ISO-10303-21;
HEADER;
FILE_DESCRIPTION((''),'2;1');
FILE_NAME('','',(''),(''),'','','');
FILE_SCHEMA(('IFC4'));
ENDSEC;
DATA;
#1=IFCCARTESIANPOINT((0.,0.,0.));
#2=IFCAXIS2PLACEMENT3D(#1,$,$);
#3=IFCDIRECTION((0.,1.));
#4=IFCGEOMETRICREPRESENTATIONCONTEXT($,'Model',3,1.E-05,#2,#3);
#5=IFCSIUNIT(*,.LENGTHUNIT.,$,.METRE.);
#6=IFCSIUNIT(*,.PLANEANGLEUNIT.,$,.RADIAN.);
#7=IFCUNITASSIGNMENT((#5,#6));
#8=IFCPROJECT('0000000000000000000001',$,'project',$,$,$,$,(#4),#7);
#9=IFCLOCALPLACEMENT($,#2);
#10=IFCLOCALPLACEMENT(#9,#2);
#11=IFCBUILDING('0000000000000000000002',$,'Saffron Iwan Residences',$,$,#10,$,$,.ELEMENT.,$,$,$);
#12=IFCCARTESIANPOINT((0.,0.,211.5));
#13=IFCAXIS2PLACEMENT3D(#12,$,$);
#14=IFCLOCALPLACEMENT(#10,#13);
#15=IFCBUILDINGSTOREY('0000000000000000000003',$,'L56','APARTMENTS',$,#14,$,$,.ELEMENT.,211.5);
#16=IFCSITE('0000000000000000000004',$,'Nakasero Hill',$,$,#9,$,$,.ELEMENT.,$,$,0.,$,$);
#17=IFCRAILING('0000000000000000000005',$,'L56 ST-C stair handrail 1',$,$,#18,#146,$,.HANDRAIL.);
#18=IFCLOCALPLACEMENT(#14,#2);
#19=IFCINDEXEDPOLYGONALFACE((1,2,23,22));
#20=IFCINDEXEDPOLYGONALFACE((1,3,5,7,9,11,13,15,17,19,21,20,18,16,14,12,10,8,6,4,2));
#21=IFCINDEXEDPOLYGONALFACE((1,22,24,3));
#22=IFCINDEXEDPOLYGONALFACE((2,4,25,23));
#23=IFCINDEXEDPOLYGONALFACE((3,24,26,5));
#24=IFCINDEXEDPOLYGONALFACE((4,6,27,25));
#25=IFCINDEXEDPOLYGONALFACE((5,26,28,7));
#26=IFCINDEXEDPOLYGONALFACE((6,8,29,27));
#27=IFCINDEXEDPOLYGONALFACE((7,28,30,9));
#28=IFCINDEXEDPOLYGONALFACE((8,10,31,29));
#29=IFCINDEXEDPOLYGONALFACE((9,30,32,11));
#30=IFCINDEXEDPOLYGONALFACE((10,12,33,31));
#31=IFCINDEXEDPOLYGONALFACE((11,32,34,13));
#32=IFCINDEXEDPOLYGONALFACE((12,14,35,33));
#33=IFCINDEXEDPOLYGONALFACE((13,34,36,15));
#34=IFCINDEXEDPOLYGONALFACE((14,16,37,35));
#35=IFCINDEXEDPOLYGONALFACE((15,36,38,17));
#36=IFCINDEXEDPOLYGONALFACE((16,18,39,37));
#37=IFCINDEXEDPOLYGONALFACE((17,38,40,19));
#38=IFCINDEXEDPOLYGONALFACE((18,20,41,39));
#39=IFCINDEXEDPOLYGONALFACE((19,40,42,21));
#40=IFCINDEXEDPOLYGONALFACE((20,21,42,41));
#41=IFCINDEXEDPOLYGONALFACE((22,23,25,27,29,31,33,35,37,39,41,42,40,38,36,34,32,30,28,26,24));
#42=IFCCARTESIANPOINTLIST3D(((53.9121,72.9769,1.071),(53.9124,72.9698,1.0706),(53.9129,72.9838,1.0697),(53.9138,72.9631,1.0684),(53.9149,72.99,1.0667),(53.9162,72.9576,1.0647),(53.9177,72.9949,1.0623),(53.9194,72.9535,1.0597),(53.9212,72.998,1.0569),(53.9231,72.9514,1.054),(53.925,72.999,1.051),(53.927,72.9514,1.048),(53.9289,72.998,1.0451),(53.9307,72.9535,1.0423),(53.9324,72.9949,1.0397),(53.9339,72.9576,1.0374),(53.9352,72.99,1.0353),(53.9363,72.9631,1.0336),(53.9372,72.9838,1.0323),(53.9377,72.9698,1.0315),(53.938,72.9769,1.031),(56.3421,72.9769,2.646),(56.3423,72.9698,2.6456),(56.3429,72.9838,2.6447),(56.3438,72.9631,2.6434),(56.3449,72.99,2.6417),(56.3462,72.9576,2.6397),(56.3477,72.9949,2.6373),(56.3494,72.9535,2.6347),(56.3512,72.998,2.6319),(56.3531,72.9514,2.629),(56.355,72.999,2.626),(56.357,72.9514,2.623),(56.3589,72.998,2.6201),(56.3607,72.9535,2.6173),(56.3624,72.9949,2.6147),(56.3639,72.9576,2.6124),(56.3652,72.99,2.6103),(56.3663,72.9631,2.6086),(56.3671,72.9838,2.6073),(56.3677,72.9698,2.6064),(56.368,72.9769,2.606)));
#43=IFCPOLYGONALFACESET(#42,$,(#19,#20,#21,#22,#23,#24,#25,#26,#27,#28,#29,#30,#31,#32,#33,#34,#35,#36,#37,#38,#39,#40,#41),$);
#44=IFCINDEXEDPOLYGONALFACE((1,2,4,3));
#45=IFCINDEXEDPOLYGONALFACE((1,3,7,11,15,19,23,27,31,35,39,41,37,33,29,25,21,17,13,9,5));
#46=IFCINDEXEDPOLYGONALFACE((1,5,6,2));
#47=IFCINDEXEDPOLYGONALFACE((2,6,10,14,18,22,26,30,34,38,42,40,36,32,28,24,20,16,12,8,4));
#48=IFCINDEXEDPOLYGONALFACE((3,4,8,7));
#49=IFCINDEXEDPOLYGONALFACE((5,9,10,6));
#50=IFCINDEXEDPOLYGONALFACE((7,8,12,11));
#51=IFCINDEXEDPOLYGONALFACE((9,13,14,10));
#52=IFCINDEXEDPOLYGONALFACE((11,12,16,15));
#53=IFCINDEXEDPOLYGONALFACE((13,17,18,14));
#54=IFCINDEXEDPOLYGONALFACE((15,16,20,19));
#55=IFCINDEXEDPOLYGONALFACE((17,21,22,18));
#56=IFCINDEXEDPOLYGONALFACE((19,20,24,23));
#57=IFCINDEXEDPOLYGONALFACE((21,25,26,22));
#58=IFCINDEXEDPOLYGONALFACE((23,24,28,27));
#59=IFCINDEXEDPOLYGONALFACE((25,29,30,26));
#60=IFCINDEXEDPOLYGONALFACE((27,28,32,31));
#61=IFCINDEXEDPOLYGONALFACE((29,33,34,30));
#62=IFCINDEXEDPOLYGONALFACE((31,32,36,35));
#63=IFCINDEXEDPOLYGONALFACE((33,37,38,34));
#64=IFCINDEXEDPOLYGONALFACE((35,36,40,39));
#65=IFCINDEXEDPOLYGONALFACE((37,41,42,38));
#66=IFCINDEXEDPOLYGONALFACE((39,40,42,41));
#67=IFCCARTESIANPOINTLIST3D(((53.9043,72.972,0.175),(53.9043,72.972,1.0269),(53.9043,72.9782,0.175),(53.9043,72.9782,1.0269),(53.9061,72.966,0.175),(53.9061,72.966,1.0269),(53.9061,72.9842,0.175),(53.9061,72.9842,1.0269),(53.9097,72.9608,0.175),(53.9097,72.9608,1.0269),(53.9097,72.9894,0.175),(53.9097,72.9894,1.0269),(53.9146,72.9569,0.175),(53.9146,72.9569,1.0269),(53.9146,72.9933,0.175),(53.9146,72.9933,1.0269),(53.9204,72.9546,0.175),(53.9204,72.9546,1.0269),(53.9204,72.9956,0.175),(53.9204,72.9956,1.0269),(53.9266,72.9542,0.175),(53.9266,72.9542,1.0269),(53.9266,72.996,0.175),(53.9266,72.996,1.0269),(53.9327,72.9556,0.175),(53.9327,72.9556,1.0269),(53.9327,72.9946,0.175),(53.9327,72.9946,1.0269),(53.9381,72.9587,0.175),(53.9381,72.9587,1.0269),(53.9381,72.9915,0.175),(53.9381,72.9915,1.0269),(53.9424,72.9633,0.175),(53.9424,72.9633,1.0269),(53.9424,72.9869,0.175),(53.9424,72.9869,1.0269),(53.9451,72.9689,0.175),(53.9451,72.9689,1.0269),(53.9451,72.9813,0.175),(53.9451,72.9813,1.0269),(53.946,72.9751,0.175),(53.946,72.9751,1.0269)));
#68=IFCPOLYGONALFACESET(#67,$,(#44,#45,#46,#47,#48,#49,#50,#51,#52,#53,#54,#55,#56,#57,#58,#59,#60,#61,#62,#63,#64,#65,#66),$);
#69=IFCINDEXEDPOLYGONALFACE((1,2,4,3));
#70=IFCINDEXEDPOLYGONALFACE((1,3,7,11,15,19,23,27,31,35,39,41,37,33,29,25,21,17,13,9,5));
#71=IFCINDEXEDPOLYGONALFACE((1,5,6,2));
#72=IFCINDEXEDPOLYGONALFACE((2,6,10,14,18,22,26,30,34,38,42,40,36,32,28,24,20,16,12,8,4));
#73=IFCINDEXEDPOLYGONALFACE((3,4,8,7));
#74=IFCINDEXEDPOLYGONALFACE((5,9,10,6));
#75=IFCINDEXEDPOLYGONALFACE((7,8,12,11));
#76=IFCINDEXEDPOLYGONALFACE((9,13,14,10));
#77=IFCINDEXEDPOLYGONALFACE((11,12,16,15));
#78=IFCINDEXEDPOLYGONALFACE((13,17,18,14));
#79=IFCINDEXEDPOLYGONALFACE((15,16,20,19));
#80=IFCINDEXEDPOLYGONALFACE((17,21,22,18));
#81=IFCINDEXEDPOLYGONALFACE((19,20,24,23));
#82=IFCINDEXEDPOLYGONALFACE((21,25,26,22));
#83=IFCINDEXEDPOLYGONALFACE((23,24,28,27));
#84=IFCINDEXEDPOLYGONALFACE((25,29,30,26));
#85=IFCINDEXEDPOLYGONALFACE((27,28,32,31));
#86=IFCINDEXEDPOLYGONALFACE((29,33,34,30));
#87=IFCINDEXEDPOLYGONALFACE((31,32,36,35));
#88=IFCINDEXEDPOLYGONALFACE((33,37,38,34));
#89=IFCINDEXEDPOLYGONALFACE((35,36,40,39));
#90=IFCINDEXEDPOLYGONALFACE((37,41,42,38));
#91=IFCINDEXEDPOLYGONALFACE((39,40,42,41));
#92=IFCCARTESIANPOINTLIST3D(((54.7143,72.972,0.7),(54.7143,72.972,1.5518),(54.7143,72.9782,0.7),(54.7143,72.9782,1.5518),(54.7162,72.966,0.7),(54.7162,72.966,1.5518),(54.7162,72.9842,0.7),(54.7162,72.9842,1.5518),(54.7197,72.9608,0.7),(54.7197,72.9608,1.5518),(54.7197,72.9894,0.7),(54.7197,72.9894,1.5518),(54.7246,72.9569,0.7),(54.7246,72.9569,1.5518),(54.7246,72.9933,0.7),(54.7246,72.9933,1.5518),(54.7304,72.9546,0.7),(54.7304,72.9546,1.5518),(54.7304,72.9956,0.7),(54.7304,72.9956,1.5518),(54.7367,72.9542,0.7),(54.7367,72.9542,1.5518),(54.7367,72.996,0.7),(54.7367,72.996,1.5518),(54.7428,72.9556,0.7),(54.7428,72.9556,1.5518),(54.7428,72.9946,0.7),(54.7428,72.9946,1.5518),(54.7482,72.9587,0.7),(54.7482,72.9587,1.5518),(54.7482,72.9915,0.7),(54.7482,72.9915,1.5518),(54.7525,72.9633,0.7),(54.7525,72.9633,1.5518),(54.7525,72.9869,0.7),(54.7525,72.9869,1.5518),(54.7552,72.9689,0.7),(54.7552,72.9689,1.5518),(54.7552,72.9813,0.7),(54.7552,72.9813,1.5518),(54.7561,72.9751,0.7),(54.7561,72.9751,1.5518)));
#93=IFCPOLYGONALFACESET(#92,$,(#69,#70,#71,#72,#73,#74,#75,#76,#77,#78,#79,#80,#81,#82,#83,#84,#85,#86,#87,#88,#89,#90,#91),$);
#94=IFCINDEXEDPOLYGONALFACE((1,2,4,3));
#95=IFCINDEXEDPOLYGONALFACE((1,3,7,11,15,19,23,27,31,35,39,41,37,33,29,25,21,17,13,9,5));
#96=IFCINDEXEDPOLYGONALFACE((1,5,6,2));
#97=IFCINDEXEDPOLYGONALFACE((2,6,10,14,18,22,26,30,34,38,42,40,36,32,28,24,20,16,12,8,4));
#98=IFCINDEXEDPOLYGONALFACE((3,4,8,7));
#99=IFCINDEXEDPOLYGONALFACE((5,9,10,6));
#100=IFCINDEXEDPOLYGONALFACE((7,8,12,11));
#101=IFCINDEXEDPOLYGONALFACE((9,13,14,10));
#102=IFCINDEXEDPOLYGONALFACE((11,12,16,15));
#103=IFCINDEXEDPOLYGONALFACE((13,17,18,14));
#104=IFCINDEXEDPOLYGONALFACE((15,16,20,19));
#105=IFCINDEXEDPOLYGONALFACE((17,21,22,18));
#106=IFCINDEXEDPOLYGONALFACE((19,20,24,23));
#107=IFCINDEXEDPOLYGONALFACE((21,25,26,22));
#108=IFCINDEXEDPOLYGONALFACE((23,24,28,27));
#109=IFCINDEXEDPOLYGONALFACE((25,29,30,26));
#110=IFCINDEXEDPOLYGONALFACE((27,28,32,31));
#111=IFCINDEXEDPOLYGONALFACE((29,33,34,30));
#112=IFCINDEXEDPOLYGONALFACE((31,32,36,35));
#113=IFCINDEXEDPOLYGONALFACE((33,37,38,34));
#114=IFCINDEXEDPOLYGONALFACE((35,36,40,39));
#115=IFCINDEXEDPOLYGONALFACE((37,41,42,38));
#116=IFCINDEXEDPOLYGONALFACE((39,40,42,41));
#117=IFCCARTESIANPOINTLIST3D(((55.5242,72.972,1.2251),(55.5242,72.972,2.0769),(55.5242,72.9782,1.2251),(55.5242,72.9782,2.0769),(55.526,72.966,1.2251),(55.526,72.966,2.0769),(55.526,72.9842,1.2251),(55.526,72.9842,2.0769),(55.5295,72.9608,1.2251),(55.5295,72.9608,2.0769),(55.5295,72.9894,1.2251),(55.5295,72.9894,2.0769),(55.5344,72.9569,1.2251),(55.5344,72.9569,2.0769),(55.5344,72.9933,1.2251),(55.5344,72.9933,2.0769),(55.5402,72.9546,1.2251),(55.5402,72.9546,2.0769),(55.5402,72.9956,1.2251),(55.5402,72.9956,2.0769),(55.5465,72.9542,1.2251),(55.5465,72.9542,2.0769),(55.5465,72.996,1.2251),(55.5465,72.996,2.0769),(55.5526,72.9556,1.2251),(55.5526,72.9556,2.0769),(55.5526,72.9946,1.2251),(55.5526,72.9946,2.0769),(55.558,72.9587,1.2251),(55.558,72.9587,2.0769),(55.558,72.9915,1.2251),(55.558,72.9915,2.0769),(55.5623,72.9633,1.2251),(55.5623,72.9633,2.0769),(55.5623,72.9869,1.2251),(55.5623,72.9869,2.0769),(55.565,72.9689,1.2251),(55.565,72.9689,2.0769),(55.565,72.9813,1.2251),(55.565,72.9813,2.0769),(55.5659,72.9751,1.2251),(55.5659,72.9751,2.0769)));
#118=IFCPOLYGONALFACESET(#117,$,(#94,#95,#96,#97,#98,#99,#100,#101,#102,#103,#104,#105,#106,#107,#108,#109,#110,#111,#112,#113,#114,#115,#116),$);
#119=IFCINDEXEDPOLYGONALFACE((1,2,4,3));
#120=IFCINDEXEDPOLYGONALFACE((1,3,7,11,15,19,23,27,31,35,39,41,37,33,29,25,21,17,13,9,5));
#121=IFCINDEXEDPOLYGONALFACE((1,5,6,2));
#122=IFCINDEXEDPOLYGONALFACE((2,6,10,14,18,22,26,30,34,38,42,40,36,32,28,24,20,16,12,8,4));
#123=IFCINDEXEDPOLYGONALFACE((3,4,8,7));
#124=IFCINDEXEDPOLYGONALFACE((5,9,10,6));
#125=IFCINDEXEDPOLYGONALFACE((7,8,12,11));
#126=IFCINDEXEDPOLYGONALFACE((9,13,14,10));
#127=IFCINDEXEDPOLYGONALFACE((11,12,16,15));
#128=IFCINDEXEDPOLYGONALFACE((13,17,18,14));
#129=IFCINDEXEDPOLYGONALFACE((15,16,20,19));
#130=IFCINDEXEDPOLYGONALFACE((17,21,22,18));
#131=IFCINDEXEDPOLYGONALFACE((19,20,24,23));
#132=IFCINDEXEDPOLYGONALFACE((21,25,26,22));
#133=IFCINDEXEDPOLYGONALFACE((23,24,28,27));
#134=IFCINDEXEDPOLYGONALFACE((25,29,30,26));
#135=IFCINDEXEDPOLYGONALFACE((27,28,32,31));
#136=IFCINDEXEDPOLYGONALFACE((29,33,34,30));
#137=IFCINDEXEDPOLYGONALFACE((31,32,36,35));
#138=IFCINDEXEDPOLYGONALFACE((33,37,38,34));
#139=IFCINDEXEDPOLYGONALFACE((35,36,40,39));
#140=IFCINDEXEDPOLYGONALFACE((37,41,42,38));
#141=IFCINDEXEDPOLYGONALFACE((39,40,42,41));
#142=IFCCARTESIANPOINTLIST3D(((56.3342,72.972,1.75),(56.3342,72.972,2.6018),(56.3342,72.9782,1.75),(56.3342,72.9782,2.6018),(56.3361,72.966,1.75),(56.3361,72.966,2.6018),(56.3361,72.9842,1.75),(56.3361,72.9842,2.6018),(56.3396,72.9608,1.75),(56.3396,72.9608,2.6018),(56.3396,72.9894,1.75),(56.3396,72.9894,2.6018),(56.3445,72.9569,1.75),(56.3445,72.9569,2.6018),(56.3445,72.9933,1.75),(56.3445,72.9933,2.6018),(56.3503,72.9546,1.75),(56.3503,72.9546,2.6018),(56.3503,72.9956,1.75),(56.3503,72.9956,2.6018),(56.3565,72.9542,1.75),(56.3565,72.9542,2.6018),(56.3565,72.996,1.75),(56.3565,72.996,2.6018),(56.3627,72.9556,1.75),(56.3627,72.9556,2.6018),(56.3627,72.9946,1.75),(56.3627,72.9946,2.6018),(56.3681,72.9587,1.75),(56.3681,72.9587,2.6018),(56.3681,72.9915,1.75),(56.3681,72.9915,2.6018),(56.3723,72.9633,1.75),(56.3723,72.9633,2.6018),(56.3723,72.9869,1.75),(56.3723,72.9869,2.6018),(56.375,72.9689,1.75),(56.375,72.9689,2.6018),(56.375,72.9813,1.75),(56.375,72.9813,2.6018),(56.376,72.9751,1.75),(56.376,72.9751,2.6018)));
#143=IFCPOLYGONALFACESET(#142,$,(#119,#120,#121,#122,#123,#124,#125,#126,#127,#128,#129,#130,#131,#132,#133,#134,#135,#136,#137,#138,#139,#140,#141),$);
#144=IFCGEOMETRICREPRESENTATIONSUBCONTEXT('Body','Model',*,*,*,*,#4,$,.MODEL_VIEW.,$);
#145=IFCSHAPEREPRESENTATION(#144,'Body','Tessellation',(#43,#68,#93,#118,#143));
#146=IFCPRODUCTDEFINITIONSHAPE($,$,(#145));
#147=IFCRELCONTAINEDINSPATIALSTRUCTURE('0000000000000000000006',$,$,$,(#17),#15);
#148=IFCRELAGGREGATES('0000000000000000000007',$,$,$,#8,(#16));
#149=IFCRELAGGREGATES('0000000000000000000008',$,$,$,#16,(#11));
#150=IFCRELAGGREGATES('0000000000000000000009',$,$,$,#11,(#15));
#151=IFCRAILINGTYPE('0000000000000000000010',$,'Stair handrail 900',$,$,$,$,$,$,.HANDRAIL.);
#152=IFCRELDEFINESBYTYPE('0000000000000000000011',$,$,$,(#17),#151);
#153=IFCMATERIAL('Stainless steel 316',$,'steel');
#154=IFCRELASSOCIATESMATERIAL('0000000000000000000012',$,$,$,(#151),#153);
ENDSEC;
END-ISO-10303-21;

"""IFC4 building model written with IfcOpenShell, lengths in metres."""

from ifc_helpers import new_model, si_unit, direction, frame, origin, origin_2d, place, context, subcontext, project, spatial, circle, extrude, material, type_object, element, save


model = new_model("IFC4")

# Units and contexts
model_context = context("Model", 3, precision=1e-05, world=origin(), true_north=direction((0.0, 1.0)))
body_context = subcontext(model_context, "Body", "Model", "MODEL_VIEW")
ifc_project = project(units=[si_unit("LENGTHUNIT", "METRE"), si_unit("PLANEANGLEUNIT", "RADIAN")], contexts=[model_context])

# Site, building, storey
site_placement = place(None, origin())
site = spatial("IfcSite", under=ifc_project, at=site_placement, Name="Nakasero Hill", CompositionType="ELEMENT", RefElevation=0.0)
building_placement = place(site_placement, origin())
building = spatial("IfcBuilding", under=site, at=building_placement, Name="Saffron Iwan Residences", CompositionType="ELEMENT")
storey_placement = place(building_placement, frame((0.0, 0.0, 211.5)))
storey = spatial("IfcBuildingStorey", under=building, at=storey_placement, Name="L56", Description="APARTMENTS", CompositionType="ELEMENT", Elevation=211.5)

# Railing
ifc_material_1 = material(Name="Stainless steel 316", Category="steel")
railing_type_1 = type_object("IfcRailingType", Name="Stair handrail 900", PredefinedType="HANDRAIL", material=ifc_material_1)
railing_1_placement = place(storey_placement, frame((53.925, 72.9751, 0.175)))
element("IfcRailing", 1, at=railing_1_placement, inside=storey, type_object=railing_type_1, Name="L56 ST-C stair handrail 1", PredefinedType="HANDRAIL", context=body_context, shape_type="SweptSolid", body=[
    extrude(circle(Radius=0.0239, at=origin_2d()), frame((0.0, 0.0, 0.876), z_axis=(0.839154, 0.0, 0.543894), x_axis=(0.0, 1.0, 0.0)), (0.0, 0.0, 1.0), 2.8958),
    extrude(circle(Radius=0.021, at=origin_2d()), origin(), (0.0, 0.0, 1.0), 0.8518),
    extrude(circle(Radius=0.021, at=origin_2d()), frame((0.8101, 0.0, 0.5249)), (0.0, 0.0, 1.0), 0.8518),
    extrude(circle(Radius=0.021, at=origin_2d()), frame((1.6199, 0.0, 1.05)), (0.0, 0.0, 1.0), 0.8518),
    extrude(circle(Radius=0.021, at=origin_2d()), frame((2.4299, 0.0, 1.575)), (0.0, 0.0, 1.0), 0.8518),
])

save(model, "model.ifc")
